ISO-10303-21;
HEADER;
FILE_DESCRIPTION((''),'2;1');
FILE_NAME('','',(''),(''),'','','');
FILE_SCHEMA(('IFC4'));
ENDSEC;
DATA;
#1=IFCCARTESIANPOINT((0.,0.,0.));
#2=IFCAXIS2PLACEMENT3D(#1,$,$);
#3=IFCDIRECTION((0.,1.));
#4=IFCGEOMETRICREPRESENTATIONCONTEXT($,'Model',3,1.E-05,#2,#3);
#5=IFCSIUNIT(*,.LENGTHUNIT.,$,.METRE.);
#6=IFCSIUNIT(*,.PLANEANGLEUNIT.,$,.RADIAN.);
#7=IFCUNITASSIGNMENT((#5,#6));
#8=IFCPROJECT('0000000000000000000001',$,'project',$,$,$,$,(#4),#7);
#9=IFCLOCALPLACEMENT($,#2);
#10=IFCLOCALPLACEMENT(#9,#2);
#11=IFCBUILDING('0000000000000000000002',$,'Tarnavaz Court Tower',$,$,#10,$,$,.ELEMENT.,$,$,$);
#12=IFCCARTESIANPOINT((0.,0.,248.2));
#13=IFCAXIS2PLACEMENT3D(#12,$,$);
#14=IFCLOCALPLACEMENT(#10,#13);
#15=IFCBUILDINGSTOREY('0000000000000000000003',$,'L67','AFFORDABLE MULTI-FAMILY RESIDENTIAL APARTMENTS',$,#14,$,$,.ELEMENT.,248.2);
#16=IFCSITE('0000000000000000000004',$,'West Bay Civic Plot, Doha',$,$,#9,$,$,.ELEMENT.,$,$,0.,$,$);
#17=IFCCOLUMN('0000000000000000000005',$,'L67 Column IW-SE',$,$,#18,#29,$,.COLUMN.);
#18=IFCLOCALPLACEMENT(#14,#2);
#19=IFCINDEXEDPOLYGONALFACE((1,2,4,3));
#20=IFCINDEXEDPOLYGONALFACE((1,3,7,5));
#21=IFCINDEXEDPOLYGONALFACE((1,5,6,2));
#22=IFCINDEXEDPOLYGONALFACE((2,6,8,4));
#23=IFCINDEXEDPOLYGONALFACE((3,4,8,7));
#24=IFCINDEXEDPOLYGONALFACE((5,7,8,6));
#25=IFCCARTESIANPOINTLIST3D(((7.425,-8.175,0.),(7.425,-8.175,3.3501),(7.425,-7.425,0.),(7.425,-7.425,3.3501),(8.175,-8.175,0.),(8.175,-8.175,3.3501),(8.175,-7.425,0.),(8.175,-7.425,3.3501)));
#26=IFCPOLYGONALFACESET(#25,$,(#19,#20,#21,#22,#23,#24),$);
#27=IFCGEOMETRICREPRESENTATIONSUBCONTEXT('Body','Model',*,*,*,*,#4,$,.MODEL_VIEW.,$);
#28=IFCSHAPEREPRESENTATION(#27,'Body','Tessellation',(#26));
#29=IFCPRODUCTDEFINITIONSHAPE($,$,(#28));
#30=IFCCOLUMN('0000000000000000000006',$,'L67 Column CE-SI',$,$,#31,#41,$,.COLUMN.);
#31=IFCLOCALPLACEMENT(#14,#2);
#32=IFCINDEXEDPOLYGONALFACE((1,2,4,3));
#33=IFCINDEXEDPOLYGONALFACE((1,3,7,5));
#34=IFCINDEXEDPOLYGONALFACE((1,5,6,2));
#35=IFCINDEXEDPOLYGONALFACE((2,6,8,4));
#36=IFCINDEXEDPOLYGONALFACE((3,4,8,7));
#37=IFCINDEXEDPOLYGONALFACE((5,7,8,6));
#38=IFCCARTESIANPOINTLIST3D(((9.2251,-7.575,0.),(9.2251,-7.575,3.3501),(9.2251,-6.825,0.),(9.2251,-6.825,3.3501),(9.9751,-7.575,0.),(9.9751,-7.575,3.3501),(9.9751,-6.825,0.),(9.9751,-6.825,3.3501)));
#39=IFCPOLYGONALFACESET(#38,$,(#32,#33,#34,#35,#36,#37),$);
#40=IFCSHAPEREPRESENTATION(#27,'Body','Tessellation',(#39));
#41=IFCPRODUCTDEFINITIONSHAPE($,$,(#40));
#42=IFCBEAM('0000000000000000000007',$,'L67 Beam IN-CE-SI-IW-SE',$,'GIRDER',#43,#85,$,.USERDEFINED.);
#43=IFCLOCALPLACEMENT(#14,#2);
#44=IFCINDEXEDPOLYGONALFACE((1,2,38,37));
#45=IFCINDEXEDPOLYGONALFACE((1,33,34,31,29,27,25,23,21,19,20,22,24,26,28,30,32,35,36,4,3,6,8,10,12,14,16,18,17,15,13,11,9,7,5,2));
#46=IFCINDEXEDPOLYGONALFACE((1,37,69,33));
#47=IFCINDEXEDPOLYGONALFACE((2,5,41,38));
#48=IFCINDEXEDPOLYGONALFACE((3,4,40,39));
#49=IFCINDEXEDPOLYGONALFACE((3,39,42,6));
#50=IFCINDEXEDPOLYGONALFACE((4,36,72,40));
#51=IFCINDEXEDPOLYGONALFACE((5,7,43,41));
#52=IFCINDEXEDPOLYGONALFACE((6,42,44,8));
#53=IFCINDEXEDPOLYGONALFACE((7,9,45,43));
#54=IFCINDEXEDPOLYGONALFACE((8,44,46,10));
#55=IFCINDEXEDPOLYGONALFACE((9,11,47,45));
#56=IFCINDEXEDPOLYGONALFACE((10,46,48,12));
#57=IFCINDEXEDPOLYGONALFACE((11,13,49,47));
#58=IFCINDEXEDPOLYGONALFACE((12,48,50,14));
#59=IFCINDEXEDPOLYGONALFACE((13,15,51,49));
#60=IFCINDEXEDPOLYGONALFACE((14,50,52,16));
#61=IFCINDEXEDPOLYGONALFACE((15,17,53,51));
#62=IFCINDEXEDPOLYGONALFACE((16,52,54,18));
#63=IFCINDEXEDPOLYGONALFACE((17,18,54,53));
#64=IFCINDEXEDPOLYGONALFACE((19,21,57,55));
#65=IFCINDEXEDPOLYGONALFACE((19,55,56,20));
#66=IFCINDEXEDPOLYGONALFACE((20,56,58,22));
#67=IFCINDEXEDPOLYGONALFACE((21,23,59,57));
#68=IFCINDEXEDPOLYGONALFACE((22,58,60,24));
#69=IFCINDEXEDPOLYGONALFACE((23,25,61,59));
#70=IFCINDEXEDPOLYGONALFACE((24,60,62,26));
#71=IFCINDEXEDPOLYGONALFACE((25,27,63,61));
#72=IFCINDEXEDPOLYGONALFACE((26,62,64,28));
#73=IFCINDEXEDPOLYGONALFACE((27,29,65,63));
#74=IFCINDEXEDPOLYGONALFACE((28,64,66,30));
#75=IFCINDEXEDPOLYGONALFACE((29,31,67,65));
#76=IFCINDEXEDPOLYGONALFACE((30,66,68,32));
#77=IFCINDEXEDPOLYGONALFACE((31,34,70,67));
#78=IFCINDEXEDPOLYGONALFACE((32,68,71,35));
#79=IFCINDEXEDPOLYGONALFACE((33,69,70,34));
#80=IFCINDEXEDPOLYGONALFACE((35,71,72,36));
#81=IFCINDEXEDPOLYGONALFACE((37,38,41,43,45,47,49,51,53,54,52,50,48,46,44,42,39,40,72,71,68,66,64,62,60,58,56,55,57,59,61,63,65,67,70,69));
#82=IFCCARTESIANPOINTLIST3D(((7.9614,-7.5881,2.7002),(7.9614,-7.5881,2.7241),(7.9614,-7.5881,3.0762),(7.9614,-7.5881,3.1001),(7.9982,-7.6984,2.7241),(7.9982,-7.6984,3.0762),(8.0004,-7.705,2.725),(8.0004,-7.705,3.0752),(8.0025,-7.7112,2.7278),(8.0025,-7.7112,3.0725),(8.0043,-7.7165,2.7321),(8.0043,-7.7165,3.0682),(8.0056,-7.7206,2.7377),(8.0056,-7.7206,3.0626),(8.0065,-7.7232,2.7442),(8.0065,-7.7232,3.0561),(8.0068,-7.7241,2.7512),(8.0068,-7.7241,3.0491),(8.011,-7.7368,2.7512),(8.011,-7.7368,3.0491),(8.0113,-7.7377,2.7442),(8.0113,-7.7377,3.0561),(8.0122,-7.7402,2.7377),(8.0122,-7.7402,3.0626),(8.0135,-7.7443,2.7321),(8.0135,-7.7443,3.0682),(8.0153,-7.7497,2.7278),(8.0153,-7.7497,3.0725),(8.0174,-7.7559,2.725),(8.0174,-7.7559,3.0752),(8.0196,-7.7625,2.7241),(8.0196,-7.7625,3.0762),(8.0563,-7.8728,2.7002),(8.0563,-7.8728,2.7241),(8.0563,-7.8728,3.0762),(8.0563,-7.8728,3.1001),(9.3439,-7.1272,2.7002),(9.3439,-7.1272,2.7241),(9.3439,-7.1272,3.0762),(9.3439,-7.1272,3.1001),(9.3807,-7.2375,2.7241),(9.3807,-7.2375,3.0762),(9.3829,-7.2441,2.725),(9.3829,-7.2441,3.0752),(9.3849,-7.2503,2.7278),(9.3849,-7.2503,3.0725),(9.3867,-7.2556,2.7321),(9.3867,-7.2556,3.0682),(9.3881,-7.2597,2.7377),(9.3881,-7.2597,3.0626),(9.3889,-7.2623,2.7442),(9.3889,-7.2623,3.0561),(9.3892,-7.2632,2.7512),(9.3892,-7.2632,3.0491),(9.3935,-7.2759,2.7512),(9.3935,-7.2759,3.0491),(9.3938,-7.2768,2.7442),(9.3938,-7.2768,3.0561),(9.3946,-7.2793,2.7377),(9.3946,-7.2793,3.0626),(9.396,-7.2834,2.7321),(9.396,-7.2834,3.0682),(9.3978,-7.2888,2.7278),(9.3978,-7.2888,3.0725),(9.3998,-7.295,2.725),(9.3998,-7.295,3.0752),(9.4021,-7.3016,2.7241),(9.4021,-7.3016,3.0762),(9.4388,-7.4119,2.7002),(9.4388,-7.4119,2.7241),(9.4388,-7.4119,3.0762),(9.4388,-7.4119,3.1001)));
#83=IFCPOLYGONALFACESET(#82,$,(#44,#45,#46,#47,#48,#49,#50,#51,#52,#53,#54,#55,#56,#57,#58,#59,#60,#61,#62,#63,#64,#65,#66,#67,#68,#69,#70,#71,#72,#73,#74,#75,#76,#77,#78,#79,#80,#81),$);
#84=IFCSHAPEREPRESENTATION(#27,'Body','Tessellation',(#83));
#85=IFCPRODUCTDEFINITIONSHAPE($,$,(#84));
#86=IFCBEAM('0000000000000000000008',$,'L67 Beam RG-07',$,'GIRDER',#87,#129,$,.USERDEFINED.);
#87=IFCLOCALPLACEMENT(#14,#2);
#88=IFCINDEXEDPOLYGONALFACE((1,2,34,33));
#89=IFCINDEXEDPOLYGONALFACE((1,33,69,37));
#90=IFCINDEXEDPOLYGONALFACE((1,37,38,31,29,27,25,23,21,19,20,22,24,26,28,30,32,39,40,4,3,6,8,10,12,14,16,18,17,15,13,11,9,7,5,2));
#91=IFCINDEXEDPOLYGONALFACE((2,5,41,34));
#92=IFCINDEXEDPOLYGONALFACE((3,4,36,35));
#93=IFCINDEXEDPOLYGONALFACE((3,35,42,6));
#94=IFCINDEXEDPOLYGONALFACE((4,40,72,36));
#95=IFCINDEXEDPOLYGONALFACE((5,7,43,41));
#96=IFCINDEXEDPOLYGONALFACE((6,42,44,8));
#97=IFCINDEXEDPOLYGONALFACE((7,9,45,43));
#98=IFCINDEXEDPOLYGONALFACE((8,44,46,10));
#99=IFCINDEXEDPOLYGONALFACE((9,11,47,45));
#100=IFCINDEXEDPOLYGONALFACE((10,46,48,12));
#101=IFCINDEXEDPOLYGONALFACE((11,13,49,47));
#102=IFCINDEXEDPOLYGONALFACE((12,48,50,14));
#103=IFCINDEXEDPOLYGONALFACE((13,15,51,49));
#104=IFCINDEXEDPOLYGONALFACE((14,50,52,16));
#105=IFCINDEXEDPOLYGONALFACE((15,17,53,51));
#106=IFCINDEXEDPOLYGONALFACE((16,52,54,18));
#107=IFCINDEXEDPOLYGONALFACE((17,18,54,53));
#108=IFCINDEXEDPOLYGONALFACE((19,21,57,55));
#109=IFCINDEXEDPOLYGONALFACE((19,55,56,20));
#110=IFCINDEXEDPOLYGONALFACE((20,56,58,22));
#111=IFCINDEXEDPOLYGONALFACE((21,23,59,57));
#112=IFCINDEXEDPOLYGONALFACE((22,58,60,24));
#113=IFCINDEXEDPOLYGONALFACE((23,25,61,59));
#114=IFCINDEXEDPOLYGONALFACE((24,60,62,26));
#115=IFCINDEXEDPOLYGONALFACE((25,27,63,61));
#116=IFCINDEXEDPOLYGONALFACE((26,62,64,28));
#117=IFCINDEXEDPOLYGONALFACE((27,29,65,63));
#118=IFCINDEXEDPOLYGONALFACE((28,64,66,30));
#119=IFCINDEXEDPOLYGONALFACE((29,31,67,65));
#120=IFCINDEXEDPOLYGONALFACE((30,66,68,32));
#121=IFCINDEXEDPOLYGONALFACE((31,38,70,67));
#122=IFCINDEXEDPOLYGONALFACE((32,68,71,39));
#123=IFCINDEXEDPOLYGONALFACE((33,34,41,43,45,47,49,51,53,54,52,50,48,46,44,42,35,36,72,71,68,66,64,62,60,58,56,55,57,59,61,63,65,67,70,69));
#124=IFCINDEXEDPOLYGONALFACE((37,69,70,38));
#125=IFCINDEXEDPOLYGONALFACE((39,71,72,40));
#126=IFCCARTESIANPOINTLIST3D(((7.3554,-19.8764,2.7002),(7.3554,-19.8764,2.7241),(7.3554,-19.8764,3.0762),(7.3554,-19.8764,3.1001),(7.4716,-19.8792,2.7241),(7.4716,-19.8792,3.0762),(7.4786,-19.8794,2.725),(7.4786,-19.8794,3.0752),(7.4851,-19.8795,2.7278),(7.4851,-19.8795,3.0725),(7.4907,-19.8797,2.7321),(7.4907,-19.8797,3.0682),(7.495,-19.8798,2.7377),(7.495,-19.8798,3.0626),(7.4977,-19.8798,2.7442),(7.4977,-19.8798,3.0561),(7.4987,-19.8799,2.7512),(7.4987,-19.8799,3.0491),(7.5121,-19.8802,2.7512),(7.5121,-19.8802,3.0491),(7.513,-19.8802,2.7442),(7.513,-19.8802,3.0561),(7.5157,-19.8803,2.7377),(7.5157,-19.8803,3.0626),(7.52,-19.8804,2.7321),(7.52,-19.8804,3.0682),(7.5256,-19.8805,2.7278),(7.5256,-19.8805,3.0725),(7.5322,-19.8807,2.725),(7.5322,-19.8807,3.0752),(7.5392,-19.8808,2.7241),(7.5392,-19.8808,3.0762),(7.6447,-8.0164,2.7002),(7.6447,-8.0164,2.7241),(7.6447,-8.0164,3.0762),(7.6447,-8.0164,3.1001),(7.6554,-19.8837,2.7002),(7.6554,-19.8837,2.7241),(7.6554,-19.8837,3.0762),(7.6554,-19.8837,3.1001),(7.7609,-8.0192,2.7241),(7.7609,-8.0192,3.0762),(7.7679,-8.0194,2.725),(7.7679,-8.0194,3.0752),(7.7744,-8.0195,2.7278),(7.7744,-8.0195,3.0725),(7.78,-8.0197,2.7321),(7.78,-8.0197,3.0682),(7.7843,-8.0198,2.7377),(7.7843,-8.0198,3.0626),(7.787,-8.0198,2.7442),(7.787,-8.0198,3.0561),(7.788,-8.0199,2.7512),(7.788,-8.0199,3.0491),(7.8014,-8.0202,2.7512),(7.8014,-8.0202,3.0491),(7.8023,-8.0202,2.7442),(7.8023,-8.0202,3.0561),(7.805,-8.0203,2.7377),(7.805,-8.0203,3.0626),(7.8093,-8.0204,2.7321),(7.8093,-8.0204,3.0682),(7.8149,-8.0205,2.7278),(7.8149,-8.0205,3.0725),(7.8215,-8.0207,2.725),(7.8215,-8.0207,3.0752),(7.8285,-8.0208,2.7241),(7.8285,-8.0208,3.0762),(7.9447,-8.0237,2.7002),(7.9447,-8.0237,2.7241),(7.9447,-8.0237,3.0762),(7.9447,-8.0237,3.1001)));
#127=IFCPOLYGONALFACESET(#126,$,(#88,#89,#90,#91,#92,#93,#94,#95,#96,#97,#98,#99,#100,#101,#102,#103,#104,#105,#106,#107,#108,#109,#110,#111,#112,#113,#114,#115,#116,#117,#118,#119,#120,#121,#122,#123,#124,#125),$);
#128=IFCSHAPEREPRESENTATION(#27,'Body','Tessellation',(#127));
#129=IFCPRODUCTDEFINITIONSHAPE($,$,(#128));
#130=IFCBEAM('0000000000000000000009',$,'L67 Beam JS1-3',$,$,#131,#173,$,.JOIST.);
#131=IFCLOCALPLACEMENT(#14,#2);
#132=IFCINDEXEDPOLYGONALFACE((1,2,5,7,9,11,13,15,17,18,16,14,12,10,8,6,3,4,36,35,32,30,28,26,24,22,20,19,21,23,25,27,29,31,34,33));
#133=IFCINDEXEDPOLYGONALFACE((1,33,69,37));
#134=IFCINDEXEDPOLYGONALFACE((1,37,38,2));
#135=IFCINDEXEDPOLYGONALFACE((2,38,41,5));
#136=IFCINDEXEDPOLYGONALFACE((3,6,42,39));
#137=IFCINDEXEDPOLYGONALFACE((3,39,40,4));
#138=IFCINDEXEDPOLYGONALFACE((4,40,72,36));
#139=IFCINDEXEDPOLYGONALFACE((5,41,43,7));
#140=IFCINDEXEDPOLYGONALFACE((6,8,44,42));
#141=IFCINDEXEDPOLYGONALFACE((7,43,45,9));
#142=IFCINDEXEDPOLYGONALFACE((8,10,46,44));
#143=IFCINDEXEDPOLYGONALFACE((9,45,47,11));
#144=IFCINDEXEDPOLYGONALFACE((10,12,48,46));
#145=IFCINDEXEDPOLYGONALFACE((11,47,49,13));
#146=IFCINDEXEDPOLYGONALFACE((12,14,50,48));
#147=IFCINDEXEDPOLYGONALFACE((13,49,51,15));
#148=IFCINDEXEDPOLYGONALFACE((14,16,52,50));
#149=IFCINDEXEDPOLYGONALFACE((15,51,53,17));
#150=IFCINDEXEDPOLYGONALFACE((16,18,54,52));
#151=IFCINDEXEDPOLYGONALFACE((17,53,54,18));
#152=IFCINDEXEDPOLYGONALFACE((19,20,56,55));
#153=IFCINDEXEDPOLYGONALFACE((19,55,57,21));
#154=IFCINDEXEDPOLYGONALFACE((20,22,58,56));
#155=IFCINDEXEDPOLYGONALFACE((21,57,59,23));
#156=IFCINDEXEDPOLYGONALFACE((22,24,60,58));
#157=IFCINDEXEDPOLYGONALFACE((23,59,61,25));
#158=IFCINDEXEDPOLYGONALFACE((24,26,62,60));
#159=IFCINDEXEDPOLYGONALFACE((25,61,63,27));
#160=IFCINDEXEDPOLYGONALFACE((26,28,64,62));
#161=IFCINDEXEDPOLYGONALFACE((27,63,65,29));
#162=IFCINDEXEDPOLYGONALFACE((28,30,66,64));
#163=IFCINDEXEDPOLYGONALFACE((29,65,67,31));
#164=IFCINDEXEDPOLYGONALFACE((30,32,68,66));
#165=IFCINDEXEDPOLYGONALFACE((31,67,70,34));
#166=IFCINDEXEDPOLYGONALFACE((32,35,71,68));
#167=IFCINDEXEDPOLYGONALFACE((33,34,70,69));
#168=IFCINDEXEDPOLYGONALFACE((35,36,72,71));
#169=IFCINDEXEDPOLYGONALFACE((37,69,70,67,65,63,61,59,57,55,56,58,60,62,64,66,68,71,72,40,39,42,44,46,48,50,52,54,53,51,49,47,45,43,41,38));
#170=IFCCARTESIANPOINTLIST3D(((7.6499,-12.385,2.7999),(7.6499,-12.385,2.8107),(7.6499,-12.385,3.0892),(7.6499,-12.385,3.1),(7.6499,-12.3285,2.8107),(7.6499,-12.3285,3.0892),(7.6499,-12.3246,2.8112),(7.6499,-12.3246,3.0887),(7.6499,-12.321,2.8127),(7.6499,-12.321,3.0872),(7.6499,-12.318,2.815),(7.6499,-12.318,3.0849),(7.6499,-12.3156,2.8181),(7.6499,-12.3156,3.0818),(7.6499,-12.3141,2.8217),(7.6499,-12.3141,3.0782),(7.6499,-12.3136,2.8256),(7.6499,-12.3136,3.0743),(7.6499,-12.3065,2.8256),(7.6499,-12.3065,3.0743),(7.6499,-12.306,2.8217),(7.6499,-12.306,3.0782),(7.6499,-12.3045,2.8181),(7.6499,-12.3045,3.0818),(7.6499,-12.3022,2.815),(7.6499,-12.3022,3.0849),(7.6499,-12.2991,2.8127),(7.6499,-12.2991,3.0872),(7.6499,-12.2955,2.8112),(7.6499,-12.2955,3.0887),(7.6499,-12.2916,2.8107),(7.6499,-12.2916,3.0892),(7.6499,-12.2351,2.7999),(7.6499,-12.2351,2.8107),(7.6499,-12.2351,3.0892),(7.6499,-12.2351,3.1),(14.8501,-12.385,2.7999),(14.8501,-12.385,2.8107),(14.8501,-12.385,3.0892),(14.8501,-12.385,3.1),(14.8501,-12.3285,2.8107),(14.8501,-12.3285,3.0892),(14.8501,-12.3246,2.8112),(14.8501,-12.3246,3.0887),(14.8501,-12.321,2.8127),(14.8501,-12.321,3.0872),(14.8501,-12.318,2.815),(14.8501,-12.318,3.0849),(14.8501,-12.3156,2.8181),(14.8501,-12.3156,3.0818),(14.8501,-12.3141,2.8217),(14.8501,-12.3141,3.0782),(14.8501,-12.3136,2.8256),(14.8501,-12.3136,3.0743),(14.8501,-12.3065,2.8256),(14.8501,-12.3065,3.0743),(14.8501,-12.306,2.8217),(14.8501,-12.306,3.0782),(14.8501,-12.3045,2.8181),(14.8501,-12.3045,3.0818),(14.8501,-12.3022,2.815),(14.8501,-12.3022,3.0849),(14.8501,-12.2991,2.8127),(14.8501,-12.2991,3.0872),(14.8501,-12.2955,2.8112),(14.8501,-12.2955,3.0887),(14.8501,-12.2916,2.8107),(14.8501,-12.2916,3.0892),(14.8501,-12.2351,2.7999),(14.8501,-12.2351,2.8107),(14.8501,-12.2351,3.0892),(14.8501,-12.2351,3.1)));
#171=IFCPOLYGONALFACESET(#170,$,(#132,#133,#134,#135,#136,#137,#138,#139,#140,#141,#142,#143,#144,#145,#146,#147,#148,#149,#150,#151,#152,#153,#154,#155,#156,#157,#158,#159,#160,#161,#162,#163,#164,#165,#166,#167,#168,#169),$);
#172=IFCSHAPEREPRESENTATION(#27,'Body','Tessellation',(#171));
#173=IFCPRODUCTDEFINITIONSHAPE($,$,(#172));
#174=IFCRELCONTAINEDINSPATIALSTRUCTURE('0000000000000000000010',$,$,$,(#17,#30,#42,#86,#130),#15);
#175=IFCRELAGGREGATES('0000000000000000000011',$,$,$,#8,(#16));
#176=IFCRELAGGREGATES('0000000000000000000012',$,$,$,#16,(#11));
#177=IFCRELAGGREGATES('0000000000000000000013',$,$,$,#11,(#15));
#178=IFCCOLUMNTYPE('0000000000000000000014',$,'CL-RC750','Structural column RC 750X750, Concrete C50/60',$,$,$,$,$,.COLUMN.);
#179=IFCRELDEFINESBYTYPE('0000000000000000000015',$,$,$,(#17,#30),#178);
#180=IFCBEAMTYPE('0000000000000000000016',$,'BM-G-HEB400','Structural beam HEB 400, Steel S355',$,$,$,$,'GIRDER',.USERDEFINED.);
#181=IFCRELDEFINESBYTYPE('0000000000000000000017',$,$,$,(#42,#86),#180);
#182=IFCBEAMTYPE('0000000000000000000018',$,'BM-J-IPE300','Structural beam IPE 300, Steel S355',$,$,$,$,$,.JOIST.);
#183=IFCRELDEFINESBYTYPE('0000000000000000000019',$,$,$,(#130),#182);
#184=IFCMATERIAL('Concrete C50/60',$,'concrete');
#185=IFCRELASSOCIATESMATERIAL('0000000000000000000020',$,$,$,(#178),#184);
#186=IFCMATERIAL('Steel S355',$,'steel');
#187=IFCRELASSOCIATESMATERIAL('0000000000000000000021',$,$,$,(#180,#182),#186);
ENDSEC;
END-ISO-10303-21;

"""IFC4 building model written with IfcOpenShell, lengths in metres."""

from ifc_helpers import new_model, si_unit, direction, frame, origin, origin_2d, place, context, subcontext, project, spatial, rectangle, i_section, extrude, material, material_profile, profile_set, type_object, element, save


model = new_model("IFC4")

# Units and contexts
model_context = context("Model", 3, precision=1e-05, world=origin(), true_north=direction((0.0, 1.0)))
body_context = subcontext(model_context, "Body", "Model", "MODEL_VIEW")
ifc_project = project(units=[si_unit("LENGTHUNIT", "METRE"), si_unit("PLANEANGLEUNIT", "RADIAN")], contexts=[model_context])

# Site, building, storey
site_placement = place(None, origin())
site = spatial("IfcSite", under=ifc_project, at=site_placement, Name="West Bay Civic Plot, Doha", CompositionType="ELEMENT", RefElevation=0.0)
building_placement = place(site_placement, origin())
building = spatial("IfcBuilding", under=site, at=building_placement, Name="Tarnavaz Court Tower", CompositionType="ELEMENT")
storey_placement = place(building_placement, frame((0.0, 0.0, 248.2)))
storey = spatial("IfcBuildingStorey", under=building, at=storey_placement, Name="L67", Description="AFFORDABLE MULTI-FAMILY RESIDENTIAL APARTMENTS", CompositionType="ELEMENT", Elevation=248.2)

# Columns
ifc_material_1 = material(Name="Concrete C50/60", Category="concrete")
ifc_material_profile_1 = material_profile(ifc_material_1, rectangle(XDim=0.75, YDim=0.75, at=origin_2d()), Name="RC 750X750")
ifc_profile_set_1 = profile_set([ifc_material_profile_1], Name="Concrete C50/60")
column_type = type_object("IfcColumnType", Name="CL-RC750", Description="Structural column RC 750X750, Concrete C50/60", PredefinedType="COLUMN", material=ifc_profile_set_1)
for number, where, z_axis, x_axis, name in (
    (1, (7.8, -7.8, 0.0), (0.0, 0.0, 1.0), (1.0, 0.0, 0.0), "L67 Column IW-SE"),
    (2, (9.6001, -7.2, 0.0), (0.0, 0.0, 1.0), (1.0, 0.0, 0.0), "L67 Column CE-SI"),
):
    element("IfcColumn", number, at=place(storey_placement, frame(where, z_axis=z_axis, x_axis=x_axis)), inside=storey, type_object=column_type, Name=name, PredefinedType="COLUMN", context=body_context, shape_type="SweptSolid", body=[
        extrude(rectangle(XDim=0.75, YDim=0.75, at=origin_2d()), origin(), (0.0, 0.0, 1.0), 3.3501),
    ])

# Beams
ifc_material_2 = material(Name="Steel S355", Category="steel")
ifc_material_profile_2 = material_profile(ifc_material_2, i_section(OverallWidth=0.3, OverallDepth=0.3999, WebThickness=0.0134, FlangeThickness=0.0239, FilletRadius=0.0271, at=origin_2d()), Name="HEB 400")
ifc_profile_set_2 = profile_set([ifc_material_profile_2], Name="Steel S355")
beam_type_1 = type_object("IfcBeamType", Name="BM-G-HEB400", Description="Structural beam HEB 400, Steel S355", ElementType="GIRDER", PredefinedType="USERDEFINED", material=ifc_profile_set_2)
beam_1_placement = place(storey_placement, frame((9.3914, -7.2695, 2.9001), z_axis=(-0.948667, -0.316278, 0.0), x_axis=(0.316278, -0.948667, 0.0)))
element("IfcBeam", 3, at=beam_1_placement, inside=storey, type_object=beam_type_1, Name="L67 Beam IN-CE-SI-IW-SE", ObjectType="GIRDER", PredefinedType="USERDEFINED", context=body_context, shape_type="SweptSolid", body=[
    extrude(i_section(OverallWidth=0.3, OverallDepth=0.3999, WebThickness=0.0134, FlangeThickness=0.0239, FilletRadius=0.0271, at=origin_2d()), origin(), (0.0, 0.0, 1.0), 1.4573),
])
beam_2_placement = place(storey_placement, frame((7.7947, -8.02, 2.9001), z_axis=(-0.024386, -0.999703, 0.0), x_axis=(0.999703, -0.024386, 0.0)))
element("IfcBeam", 4, at=beam_2_placement, inside=storey, type_object=beam_type_1, Name="L67 Beam RG-07", ObjectType="GIRDER", PredefinedType="USERDEFINED", context=body_context, shape_type="SweptSolid", body=[
    extrude(i_section(OverallWidth=0.3, OverallDepth=0.3999, WebThickness=0.0134, FlangeThickness=0.0239, FilletRadius=0.0271, at=origin_2d()), origin(), (0.0, 0.0, 1.0), 11.8635),
])
ifc_material_profile_3 = material_profile(ifc_material_2, i_section(OverallWidth=0.1499, OverallDepth=0.3, WebThickness=0.0071, FlangeThickness=0.0107, FilletRadius=0.0149, at=origin_2d()), Name="IPE 300")
ifc_profile_set_3 = profile_set([ifc_material_profile_3], Name="Steel S355")
beam_type_2 = type_object("IfcBeamType", Name="BM-J-IPE300", Description="Structural beam IPE 300, Steel S355", PredefinedType="JOIST", material=ifc_profile_set_3)
for number, where, z_axis, x_axis, name in (
    (5, (7.6499, -12.3101, 2.95), (1.0, 0.0, 0.0), (0.0, 1.0, 0.0), "L67 Beam JS1-3"),
):
    element("IfcBeam", number, at=place(storey_placement, frame(where, z_axis=z_axis, x_axis=x_axis)), inside=storey, type_object=beam_type_2, Name=name, PredefinedType="JOIST", context=body_context, shape_type="SweptSolid", body=[
        extrude(i_section(OverallWidth=0.1499, OverallDepth=0.3, WebThickness=0.0071, FlangeThickness=0.0107, FilletRadius=0.0149, at=origin_2d()), origin(), (0.0, 0.0, 1.0), 7.2002),
    ])

save(model, "model.ifc")
